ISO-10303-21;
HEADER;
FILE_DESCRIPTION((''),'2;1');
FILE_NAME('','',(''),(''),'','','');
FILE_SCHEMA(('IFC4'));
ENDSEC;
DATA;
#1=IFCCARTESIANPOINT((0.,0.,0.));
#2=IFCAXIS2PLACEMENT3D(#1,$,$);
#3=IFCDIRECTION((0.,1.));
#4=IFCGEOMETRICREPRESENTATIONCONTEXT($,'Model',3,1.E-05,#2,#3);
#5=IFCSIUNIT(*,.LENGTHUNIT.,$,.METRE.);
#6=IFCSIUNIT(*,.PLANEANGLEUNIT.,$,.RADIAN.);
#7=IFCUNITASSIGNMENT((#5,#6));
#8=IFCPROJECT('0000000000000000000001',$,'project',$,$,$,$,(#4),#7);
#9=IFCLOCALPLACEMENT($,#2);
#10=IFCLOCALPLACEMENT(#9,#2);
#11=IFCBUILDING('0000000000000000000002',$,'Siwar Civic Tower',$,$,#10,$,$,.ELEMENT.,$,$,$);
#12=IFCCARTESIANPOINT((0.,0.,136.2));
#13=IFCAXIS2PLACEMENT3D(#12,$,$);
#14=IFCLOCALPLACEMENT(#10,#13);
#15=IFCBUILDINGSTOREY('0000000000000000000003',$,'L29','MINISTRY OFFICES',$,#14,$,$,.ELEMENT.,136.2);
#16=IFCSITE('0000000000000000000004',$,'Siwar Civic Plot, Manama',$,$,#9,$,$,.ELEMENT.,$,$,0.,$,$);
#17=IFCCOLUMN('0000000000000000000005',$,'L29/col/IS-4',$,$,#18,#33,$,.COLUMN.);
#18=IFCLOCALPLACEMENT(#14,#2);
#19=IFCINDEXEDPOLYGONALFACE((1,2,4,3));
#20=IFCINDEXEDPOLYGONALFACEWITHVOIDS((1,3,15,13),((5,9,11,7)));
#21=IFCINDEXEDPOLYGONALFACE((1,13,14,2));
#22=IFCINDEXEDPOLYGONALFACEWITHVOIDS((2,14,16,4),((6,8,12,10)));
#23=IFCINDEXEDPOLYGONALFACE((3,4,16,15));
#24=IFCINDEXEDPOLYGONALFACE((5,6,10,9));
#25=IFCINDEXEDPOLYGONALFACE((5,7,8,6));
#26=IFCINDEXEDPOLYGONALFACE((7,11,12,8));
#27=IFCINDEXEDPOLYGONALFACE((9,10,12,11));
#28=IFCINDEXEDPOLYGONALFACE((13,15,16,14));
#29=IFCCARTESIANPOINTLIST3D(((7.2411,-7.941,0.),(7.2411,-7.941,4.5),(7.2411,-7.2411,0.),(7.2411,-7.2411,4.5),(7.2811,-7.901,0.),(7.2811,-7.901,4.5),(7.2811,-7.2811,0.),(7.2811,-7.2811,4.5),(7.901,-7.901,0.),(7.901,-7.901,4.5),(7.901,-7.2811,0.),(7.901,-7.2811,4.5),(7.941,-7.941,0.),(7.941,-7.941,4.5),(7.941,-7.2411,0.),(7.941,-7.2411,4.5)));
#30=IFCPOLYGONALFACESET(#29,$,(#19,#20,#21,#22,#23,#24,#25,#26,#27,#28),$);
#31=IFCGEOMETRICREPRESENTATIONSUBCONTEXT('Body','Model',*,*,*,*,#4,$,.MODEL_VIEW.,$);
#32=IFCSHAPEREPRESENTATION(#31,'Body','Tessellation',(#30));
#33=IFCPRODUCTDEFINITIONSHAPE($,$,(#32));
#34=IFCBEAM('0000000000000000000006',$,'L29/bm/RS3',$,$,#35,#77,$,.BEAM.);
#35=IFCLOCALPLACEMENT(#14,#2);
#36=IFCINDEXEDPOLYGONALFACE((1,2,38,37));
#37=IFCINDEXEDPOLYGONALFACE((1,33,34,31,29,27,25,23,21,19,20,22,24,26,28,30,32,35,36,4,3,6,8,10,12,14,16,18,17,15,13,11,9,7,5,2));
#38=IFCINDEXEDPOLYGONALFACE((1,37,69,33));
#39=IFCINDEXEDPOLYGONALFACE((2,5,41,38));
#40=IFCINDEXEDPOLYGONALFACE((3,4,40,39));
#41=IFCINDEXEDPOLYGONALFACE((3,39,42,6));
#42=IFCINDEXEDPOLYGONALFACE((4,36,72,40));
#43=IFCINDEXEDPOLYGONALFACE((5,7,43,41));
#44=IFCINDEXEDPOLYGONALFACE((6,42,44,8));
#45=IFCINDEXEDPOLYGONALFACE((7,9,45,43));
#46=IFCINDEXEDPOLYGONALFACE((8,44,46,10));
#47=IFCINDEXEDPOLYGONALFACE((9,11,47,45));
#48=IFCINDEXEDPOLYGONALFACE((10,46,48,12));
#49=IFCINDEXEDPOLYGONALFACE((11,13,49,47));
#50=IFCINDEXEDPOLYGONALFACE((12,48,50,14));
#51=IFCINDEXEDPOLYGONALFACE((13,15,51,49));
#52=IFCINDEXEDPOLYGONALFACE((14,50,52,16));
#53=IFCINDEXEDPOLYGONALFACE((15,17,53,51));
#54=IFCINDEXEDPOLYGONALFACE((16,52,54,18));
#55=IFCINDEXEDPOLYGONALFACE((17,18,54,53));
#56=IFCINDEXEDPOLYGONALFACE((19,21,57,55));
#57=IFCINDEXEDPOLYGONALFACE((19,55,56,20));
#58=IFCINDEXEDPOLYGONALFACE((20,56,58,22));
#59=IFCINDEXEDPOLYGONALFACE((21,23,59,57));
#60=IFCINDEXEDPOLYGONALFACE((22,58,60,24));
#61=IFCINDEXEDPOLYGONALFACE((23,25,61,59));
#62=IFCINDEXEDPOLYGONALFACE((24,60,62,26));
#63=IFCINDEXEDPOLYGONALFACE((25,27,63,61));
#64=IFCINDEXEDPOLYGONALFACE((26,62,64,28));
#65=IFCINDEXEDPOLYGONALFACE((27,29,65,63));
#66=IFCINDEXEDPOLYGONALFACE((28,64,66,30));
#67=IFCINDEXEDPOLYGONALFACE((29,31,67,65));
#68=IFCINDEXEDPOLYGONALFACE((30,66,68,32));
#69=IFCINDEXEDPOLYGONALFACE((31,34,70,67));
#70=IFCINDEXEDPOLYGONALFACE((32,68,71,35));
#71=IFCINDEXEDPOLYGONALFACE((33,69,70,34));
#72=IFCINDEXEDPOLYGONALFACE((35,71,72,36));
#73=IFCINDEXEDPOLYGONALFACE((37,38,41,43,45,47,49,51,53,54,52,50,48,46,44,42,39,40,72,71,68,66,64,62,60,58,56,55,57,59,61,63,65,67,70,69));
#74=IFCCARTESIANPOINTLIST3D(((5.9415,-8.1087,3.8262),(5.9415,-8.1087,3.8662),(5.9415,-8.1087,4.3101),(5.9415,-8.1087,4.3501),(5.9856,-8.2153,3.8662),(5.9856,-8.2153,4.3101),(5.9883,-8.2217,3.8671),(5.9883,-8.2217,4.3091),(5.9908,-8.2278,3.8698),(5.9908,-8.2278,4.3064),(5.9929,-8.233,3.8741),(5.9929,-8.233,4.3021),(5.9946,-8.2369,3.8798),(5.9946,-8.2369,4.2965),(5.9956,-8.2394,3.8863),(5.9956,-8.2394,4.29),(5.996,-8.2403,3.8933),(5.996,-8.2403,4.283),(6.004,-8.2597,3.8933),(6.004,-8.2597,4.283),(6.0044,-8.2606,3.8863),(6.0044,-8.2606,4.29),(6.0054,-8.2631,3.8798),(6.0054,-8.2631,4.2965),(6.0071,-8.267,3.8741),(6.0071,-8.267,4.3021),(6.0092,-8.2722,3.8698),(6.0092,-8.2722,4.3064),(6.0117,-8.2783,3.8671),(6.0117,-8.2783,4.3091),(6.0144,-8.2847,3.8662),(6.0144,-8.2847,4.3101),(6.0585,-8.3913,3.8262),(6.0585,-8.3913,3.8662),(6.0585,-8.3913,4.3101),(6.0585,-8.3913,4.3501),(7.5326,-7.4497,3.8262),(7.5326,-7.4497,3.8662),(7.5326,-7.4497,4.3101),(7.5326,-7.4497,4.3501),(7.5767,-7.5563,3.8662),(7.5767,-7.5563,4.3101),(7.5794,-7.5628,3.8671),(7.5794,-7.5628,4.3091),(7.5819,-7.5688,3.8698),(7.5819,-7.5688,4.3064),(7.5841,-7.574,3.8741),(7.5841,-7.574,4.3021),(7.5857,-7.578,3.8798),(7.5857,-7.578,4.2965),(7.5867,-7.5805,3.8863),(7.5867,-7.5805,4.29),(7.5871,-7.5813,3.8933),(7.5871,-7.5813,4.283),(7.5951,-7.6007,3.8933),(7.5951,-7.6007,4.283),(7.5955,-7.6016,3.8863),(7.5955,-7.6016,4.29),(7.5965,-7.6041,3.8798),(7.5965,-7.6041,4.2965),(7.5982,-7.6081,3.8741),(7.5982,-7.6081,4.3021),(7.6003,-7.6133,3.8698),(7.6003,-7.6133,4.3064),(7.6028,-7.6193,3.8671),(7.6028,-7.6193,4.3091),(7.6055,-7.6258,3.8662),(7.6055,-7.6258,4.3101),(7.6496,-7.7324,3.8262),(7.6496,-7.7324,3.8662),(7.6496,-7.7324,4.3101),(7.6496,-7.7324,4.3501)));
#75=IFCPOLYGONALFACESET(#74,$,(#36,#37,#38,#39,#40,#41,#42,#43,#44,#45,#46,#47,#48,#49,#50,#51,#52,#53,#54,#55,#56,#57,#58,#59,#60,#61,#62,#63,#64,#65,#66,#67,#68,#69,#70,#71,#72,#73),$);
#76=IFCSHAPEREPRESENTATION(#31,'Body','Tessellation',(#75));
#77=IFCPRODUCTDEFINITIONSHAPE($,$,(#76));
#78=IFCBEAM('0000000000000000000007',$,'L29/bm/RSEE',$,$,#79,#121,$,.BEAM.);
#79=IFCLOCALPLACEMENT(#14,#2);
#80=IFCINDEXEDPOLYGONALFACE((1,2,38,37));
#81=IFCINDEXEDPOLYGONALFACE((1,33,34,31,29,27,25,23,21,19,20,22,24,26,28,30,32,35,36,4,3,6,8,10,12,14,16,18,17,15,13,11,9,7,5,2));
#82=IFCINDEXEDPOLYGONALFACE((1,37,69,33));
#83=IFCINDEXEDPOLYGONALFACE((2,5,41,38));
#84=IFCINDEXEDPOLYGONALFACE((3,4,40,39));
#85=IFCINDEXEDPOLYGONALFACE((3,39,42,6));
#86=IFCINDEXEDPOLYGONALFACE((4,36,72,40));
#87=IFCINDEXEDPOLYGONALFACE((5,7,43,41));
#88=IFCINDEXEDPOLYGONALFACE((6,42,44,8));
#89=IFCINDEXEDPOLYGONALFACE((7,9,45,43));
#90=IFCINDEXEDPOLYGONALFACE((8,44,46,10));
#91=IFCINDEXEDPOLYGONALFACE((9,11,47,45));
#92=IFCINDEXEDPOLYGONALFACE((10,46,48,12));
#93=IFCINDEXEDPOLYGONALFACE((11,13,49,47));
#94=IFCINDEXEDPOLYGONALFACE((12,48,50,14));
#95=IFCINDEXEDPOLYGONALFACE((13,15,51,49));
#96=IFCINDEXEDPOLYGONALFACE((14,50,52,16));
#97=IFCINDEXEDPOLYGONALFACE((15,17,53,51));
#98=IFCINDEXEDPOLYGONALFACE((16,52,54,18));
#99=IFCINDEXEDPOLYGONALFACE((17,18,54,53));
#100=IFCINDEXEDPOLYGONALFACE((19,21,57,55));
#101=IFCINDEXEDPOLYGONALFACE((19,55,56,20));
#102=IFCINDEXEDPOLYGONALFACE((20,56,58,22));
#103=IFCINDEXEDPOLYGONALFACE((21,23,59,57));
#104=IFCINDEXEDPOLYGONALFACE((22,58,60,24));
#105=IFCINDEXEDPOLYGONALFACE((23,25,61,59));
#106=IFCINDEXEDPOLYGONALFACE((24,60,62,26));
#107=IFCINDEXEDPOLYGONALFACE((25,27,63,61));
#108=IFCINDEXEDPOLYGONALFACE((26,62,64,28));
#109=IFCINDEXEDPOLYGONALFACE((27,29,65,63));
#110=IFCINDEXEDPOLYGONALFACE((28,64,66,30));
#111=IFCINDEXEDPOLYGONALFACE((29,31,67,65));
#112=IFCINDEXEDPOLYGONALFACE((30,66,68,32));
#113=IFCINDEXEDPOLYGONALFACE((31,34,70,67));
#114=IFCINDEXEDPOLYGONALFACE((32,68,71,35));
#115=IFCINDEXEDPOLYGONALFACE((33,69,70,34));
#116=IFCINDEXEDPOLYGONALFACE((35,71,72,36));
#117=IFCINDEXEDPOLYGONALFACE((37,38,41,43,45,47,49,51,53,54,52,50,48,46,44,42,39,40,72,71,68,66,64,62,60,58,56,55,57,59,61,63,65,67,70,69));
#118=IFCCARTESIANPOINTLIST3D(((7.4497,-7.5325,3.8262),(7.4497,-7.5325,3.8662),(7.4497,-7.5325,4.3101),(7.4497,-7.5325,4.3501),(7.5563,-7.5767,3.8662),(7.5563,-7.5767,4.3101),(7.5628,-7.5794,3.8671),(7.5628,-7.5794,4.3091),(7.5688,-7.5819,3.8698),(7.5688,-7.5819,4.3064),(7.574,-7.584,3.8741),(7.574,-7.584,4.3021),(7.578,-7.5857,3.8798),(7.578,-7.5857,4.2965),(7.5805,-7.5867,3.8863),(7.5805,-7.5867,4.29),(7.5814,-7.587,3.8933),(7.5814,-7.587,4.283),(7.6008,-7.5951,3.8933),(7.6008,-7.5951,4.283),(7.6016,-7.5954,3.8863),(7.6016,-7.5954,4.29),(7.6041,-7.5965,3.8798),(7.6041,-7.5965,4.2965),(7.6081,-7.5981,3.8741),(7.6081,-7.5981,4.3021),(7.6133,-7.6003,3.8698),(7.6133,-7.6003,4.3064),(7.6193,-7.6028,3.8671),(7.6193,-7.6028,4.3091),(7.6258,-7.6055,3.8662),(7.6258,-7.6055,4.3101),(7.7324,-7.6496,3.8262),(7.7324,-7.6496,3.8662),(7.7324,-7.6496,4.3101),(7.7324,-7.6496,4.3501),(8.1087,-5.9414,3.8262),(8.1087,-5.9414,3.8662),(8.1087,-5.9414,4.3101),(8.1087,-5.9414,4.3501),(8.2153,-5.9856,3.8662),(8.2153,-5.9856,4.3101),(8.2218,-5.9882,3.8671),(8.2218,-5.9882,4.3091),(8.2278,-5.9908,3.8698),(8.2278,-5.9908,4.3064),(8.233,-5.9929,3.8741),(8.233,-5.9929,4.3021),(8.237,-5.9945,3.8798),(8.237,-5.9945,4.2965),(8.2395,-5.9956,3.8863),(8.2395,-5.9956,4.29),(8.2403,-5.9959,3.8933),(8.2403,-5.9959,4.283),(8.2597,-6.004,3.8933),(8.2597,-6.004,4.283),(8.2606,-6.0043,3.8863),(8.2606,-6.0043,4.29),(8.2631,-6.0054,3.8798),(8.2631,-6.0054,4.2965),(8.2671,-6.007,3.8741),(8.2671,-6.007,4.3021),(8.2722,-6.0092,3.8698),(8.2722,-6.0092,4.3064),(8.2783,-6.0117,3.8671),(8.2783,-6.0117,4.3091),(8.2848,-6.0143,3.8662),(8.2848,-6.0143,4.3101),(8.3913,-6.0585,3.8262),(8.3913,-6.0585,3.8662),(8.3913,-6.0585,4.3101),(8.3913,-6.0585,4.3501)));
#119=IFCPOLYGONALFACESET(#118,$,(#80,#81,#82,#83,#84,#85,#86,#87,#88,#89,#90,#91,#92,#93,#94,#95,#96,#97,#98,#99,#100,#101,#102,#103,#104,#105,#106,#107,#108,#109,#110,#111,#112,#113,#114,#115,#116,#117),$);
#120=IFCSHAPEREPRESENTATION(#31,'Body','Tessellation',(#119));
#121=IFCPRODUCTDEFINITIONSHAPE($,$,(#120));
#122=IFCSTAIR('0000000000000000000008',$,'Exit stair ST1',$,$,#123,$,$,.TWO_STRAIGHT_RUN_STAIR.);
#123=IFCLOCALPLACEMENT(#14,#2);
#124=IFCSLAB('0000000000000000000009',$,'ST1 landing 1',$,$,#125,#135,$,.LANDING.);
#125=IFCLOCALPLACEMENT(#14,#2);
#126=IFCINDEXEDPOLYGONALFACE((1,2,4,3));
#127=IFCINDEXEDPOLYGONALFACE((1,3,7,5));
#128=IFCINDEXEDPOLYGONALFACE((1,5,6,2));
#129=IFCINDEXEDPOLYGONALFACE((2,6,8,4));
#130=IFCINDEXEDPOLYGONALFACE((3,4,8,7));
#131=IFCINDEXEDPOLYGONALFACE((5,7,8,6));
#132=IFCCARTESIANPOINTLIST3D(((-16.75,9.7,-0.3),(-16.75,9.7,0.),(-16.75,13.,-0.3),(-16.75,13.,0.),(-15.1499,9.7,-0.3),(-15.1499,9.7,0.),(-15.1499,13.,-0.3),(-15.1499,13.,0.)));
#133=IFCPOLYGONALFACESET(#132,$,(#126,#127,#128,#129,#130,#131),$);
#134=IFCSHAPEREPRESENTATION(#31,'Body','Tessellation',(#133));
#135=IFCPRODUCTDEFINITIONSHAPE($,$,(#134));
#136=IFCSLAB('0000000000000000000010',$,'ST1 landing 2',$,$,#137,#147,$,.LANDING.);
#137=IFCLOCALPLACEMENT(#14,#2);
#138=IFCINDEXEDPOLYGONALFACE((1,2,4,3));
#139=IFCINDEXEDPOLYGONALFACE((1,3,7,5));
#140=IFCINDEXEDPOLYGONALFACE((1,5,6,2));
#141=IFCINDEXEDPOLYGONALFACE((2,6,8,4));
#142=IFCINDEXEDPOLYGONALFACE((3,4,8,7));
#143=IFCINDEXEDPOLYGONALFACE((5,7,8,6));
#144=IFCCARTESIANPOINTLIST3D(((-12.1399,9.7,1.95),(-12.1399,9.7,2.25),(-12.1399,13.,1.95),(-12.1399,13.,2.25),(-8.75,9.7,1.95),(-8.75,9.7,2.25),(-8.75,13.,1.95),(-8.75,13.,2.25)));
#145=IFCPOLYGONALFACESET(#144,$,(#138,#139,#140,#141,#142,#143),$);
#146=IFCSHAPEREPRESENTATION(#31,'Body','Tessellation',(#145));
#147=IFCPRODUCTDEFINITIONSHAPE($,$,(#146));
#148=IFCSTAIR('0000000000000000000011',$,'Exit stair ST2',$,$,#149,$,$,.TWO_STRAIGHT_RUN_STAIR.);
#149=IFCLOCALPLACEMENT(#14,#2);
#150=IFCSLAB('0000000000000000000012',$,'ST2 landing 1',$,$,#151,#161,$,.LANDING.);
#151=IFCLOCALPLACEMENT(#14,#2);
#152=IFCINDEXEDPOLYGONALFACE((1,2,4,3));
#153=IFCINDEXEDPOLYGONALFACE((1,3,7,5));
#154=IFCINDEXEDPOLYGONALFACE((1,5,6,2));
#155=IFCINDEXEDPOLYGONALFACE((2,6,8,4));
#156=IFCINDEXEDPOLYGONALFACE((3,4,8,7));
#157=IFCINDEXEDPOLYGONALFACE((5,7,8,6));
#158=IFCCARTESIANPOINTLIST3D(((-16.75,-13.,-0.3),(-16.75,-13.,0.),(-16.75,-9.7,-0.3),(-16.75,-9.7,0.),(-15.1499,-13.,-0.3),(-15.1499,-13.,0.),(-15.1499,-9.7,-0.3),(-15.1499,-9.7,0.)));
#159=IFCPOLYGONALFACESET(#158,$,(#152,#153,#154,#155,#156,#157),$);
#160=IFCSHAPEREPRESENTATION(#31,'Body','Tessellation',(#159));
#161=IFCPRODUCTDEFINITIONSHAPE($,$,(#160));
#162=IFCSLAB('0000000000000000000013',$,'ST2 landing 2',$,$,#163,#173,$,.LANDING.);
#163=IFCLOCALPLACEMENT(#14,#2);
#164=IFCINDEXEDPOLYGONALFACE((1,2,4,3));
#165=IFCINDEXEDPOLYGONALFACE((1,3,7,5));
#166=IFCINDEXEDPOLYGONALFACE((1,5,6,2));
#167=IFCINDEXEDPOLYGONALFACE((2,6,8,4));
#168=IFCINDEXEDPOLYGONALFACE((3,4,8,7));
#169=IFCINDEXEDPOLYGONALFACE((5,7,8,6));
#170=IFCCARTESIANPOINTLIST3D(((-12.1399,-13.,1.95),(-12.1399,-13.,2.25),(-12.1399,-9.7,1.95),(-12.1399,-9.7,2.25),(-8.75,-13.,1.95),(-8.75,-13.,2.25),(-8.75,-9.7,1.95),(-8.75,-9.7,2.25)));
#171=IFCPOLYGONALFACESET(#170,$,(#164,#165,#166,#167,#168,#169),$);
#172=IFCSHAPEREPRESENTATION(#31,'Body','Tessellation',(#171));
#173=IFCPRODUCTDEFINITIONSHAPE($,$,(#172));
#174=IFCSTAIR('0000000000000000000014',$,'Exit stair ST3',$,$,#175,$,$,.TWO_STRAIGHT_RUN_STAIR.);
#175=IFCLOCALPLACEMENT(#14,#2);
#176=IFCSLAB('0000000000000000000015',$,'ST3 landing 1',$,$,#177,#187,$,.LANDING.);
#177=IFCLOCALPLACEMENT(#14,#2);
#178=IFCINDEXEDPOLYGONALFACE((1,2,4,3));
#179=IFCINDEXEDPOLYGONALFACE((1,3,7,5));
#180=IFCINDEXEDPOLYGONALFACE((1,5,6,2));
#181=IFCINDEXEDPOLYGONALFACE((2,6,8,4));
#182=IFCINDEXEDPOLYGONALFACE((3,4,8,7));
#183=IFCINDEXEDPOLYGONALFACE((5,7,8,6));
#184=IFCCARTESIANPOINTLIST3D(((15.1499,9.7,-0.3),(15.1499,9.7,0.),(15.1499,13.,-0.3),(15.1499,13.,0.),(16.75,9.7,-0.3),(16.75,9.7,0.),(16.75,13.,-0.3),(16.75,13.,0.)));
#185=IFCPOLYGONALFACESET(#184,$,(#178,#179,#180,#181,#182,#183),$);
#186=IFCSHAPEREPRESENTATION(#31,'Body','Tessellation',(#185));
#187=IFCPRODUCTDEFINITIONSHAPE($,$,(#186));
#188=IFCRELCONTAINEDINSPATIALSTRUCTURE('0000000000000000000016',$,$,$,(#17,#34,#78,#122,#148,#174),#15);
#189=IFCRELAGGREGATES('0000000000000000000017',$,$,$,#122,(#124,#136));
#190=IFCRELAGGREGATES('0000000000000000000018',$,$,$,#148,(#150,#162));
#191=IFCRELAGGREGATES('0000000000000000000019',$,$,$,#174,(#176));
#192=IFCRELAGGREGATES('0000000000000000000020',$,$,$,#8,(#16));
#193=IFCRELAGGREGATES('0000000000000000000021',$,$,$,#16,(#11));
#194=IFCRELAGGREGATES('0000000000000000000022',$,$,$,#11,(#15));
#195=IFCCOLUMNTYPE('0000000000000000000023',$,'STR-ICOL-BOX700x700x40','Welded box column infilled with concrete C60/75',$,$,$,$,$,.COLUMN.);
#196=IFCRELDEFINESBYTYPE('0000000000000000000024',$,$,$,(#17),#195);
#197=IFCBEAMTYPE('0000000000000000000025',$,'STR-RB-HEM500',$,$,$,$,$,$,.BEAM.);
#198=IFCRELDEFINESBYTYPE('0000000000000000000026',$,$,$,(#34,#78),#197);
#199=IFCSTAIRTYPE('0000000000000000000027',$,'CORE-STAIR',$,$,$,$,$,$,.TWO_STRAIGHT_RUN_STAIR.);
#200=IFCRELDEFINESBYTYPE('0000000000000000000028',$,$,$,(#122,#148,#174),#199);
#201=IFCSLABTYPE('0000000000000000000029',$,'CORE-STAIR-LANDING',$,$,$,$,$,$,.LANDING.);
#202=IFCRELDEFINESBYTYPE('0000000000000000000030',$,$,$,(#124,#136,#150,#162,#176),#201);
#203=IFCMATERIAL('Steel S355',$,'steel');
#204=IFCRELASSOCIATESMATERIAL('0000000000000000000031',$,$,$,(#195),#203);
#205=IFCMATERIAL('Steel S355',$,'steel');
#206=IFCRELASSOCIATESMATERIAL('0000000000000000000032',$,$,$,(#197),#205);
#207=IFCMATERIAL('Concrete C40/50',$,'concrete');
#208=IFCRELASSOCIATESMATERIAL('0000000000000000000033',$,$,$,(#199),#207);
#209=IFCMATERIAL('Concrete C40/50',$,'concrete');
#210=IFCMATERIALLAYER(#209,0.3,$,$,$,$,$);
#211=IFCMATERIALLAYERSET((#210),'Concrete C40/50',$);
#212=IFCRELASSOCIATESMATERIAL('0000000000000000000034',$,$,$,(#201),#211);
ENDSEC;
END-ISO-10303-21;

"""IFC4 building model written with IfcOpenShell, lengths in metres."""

from ifc_helpers import new_model, si_unit, direction, frame, origin, origin_2d, place, context, subcontext, project, spatial, polyline, hollow_rectangle, i_section, outline, extrude, material, layer, layer_set, material_profile, profile_set, type_object, element, aggregate, save


model = new_model("IFC4")

# Units and contexts
model_context = context("Model", 3, precision=1e-05, world=origin(), true_north=direction((0.0, 1.0)))
body_context = subcontext(model_context, "Body", "Model", "MODEL_VIEW")
ifc_project = project(units=[si_unit("LENGTHUNIT", "METRE"), si_unit("PLANEANGLEUNIT", "RADIAN")], contexts=[model_context])

# Site, building, storey
site_placement = place(None, origin())
site = spatial("IfcSite", under=ifc_project, at=site_placement, Name="Siwar Civic Plot, Manama", CompositionType="ELEMENT", RefElevation=0.0)
building_placement = place(site_placement, origin())
building = spatial("IfcBuilding", under=site, at=building_placement, Name="Siwar Civic Tower", CompositionType="ELEMENT")
storey_placement = place(building_placement, frame((0.0, 0.0, 136.2)))
storey = spatial("IfcBuildingStorey", under=building, at=storey_placement, Name="L29", Description="MINISTRY OFFICES", CompositionType="ELEMENT", Elevation=136.2)

# Column
ifc_material_1 = material(Name="Steel S355", Category="steel")
ifc_material_profile_1 = material_profile(ifc_material_1, hollow_rectangle(XDim=0.7, YDim=0.7, WallThickness=0.04, at=origin_2d()), Name="BOX700x700x40")
ifc_profile_set_1 = profile_set([ifc_material_profile_1], Name="Steel S355")
column_type = type_object("IfcColumnType", Name="STR-ICOL-BOX700x700x40", Description="Welded box column infilled with concrete C60/75", PredefinedType="COLUMN", material=ifc_profile_set_1)
column_placement = place(storey_placement, frame((7.5911, -7.5911, 0.0), z_axis=(0.0, 0.0, 1.0), x_axis=(1.0, 0.0, 0.0)))
element("IfcColumn", 1, at=column_placement, inside=storey, type_object=column_type, Name="L29/col/IS-4", PredefinedType="COLUMN", context=body_context, shape_type="SweptSolid", body=[
    extrude(hollow_rectangle(XDim=0.7, YDim=0.7, WallThickness=0.04, at=origin_2d()), origin(), (0.0, 0.0, 1.0), 4.5),
])

# Beams
ifc_material_2 = material(Name="Steel S355", Category="steel")
ifc_material_profile_2 = material_profile(ifc_material_2, i_section(OverallWidth=0.3059, OverallDepth=0.5239, WebThickness=0.021, FlangeThickness=0.04, FilletRadius=0.0271, at=origin_2d()), Name="HEM500")
ifc_profile_set_2 = profile_set([ifc_material_profile_2], Name="Steel S355")
beam_type = type_object("IfcBeamType", Name="STR-RB-HEM500", PredefinedType="BEAM", material=ifc_profile_set_2)
for number, where, z_axis, x_axis, name in (
    (2, (6.0, -8.25, 4.0881), (0.923901, 0.382631, 0.0), (-0.382631, 0.923901, 0.0), "L29/bm/RS3"),
    (3, (7.5911, -7.5911, 4.0881), (0.382631, 0.923901, 0.0), (-0.923901, 0.382631, 0.0), "L29/bm/RSEE"),
):
    element("IfcBeam", number, at=place(storey_placement, frame(where, z_axis=z_axis, x_axis=x_axis)), inside=storey, type_object=beam_type, Name=name, PredefinedType="BEAM", context=body_context, shape_type="SweptSolid", body=[
        extrude(i_section(OverallWidth=0.3059, OverallDepth=0.5239, WebThickness=0.021, FlangeThickness=0.04, FilletRadius=0.0271, at=origin_2d()), origin(), (0.0, 0.0, 1.0), 1.7222),
    ])

# Stairs, slabs
ifc_material_3 = material(Name="Concrete C40/50", Category="concrete")
stair_type = type_object("IfcStairType", Name="CORE-STAIR", PredefinedType="TWO_STRAIGHT_RUN_STAIR", material=ifc_material_3)
stair_1_placement = place(storey_placement, origin())
stair_1 = element("IfcStair", 4, at=stair_1_placement, inside=storey, type_object=stair_type, Name="Exit stair ST1", PredefinedType="TWO_STRAIGHT_RUN_STAIR")
ifc_material_4 = material(Name="Concrete C40/50", Category="concrete")
ifc_layer_1 = layer(ifc_material_4, 0.3)
ifc_layer_set_1 = layer_set([ifc_layer_1], Name="Concrete C40/50")
slab_type = type_object("IfcSlabType", Name="CORE-STAIR-LANDING", PredefinedType="LANDING", material=ifc_layer_set_1)
slab_1_placement = place(storey_placement, frame((0.0, 0.0, -0.3)))
slab_1 = element("IfcSlab", 5, at=slab_1_placement, type_object=slab_type, Name="ST1 landing 1", PredefinedType="LANDING", context=body_context, shape_type="SweptSolid", body=[
    extrude(outline(polyline([(-15.1499, 13.0), (-16.75, 13.0), (-16.75, 9.7), (-15.1499, 9.7), (-15.1499, 13.0)])), origin(), (0.0, 0.0, 1.0), 0.3),
])
slab_2_placement = place(storey_placement, frame((0.0, 0.0, 1.95)))
slab_2 = element("IfcSlab", 6, at=slab_2_placement, type_object=slab_type, Name="ST1 landing 2", PredefinedType="LANDING", context=body_context, shape_type="SweptSolid", body=[
    extrude(outline(polyline([(-8.75, 13.0), (-12.1399, 13.0), (-12.1399, 9.7), (-8.75, 9.7), (-8.75, 13.0)])), origin(), (0.0, 0.0, 1.0), 0.3),
])
aggregate(stair_1, [slab_1, slab_2])
stair_2_placement = place(storey_placement, origin())
stair_2 = element("IfcStair", 7, at=stair_2_placement, inside=storey, type_object=stair_type, Name="Exit stair ST2", PredefinedType="TWO_STRAIGHT_RUN_STAIR")
slab_3_placement = place(storey_placement, frame((0.0, 0.0, -0.3)))
slab_3 = element("IfcSlab", 8, at=slab_3_placement, type_object=slab_type, Name="ST2 landing 1", PredefinedType="LANDING", context=body_context, shape_type="SweptSolid", body=[
    extrude(outline(polyline([(-15.1499, -9.7), (-16.75, -9.7), (-16.75, -13.0), (-15.1499, -13.0), (-15.1499, -9.7)])), origin(), (0.0, 0.0, 1.0), 0.3),
])
slab_4_placement = place(storey_placement, frame((0.0, 0.0, 1.95)))
slab_4 = element("IfcSlab", 9, at=slab_4_placement, type_object=slab_type, Name="ST2 landing 2", PredefinedType="LANDING", context=body_context, shape_type="SweptSolid", body=[
    extrude(outline(polyline([(-8.75, -9.7), (-12.1399, -9.7), (-12.1399, -13.0), (-8.75, -13.0), (-8.75, -9.7)])), origin(), (0.0, 0.0, 1.0), 0.3),
])
aggregate(stair_2, [slab_3, slab_4])

# Stair, slab
stair_3_placement = place(storey_placement, origin())
stair_3 = element("IfcStair", 10, at=stair_3_placement, inside=storey, type_object=stair_type, Name="Exit stair ST3", PredefinedType="TWO_STRAIGHT_RUN_STAIR")
slab_5_placement = place(storey_placement, frame((0.0, 0.0, -0.3)))
slab_5 = element("IfcSlab", 11, at=slab_5_placement, type_object=slab_type, Name="ST3 landing 1", PredefinedType="LANDING", context=body_context, shape_type="SweptSolid", body=[
    extrude(outline(polyline([(15.1499, 9.7), (16.75, 9.7), (16.75, 13.0), (15.1499, 13.0), (15.1499, 9.7)])), origin(), (0.0, 0.0, 1.0), 0.3),
])
aggregate(stair_3, [slab_5])

save(model, "model.ifc")
